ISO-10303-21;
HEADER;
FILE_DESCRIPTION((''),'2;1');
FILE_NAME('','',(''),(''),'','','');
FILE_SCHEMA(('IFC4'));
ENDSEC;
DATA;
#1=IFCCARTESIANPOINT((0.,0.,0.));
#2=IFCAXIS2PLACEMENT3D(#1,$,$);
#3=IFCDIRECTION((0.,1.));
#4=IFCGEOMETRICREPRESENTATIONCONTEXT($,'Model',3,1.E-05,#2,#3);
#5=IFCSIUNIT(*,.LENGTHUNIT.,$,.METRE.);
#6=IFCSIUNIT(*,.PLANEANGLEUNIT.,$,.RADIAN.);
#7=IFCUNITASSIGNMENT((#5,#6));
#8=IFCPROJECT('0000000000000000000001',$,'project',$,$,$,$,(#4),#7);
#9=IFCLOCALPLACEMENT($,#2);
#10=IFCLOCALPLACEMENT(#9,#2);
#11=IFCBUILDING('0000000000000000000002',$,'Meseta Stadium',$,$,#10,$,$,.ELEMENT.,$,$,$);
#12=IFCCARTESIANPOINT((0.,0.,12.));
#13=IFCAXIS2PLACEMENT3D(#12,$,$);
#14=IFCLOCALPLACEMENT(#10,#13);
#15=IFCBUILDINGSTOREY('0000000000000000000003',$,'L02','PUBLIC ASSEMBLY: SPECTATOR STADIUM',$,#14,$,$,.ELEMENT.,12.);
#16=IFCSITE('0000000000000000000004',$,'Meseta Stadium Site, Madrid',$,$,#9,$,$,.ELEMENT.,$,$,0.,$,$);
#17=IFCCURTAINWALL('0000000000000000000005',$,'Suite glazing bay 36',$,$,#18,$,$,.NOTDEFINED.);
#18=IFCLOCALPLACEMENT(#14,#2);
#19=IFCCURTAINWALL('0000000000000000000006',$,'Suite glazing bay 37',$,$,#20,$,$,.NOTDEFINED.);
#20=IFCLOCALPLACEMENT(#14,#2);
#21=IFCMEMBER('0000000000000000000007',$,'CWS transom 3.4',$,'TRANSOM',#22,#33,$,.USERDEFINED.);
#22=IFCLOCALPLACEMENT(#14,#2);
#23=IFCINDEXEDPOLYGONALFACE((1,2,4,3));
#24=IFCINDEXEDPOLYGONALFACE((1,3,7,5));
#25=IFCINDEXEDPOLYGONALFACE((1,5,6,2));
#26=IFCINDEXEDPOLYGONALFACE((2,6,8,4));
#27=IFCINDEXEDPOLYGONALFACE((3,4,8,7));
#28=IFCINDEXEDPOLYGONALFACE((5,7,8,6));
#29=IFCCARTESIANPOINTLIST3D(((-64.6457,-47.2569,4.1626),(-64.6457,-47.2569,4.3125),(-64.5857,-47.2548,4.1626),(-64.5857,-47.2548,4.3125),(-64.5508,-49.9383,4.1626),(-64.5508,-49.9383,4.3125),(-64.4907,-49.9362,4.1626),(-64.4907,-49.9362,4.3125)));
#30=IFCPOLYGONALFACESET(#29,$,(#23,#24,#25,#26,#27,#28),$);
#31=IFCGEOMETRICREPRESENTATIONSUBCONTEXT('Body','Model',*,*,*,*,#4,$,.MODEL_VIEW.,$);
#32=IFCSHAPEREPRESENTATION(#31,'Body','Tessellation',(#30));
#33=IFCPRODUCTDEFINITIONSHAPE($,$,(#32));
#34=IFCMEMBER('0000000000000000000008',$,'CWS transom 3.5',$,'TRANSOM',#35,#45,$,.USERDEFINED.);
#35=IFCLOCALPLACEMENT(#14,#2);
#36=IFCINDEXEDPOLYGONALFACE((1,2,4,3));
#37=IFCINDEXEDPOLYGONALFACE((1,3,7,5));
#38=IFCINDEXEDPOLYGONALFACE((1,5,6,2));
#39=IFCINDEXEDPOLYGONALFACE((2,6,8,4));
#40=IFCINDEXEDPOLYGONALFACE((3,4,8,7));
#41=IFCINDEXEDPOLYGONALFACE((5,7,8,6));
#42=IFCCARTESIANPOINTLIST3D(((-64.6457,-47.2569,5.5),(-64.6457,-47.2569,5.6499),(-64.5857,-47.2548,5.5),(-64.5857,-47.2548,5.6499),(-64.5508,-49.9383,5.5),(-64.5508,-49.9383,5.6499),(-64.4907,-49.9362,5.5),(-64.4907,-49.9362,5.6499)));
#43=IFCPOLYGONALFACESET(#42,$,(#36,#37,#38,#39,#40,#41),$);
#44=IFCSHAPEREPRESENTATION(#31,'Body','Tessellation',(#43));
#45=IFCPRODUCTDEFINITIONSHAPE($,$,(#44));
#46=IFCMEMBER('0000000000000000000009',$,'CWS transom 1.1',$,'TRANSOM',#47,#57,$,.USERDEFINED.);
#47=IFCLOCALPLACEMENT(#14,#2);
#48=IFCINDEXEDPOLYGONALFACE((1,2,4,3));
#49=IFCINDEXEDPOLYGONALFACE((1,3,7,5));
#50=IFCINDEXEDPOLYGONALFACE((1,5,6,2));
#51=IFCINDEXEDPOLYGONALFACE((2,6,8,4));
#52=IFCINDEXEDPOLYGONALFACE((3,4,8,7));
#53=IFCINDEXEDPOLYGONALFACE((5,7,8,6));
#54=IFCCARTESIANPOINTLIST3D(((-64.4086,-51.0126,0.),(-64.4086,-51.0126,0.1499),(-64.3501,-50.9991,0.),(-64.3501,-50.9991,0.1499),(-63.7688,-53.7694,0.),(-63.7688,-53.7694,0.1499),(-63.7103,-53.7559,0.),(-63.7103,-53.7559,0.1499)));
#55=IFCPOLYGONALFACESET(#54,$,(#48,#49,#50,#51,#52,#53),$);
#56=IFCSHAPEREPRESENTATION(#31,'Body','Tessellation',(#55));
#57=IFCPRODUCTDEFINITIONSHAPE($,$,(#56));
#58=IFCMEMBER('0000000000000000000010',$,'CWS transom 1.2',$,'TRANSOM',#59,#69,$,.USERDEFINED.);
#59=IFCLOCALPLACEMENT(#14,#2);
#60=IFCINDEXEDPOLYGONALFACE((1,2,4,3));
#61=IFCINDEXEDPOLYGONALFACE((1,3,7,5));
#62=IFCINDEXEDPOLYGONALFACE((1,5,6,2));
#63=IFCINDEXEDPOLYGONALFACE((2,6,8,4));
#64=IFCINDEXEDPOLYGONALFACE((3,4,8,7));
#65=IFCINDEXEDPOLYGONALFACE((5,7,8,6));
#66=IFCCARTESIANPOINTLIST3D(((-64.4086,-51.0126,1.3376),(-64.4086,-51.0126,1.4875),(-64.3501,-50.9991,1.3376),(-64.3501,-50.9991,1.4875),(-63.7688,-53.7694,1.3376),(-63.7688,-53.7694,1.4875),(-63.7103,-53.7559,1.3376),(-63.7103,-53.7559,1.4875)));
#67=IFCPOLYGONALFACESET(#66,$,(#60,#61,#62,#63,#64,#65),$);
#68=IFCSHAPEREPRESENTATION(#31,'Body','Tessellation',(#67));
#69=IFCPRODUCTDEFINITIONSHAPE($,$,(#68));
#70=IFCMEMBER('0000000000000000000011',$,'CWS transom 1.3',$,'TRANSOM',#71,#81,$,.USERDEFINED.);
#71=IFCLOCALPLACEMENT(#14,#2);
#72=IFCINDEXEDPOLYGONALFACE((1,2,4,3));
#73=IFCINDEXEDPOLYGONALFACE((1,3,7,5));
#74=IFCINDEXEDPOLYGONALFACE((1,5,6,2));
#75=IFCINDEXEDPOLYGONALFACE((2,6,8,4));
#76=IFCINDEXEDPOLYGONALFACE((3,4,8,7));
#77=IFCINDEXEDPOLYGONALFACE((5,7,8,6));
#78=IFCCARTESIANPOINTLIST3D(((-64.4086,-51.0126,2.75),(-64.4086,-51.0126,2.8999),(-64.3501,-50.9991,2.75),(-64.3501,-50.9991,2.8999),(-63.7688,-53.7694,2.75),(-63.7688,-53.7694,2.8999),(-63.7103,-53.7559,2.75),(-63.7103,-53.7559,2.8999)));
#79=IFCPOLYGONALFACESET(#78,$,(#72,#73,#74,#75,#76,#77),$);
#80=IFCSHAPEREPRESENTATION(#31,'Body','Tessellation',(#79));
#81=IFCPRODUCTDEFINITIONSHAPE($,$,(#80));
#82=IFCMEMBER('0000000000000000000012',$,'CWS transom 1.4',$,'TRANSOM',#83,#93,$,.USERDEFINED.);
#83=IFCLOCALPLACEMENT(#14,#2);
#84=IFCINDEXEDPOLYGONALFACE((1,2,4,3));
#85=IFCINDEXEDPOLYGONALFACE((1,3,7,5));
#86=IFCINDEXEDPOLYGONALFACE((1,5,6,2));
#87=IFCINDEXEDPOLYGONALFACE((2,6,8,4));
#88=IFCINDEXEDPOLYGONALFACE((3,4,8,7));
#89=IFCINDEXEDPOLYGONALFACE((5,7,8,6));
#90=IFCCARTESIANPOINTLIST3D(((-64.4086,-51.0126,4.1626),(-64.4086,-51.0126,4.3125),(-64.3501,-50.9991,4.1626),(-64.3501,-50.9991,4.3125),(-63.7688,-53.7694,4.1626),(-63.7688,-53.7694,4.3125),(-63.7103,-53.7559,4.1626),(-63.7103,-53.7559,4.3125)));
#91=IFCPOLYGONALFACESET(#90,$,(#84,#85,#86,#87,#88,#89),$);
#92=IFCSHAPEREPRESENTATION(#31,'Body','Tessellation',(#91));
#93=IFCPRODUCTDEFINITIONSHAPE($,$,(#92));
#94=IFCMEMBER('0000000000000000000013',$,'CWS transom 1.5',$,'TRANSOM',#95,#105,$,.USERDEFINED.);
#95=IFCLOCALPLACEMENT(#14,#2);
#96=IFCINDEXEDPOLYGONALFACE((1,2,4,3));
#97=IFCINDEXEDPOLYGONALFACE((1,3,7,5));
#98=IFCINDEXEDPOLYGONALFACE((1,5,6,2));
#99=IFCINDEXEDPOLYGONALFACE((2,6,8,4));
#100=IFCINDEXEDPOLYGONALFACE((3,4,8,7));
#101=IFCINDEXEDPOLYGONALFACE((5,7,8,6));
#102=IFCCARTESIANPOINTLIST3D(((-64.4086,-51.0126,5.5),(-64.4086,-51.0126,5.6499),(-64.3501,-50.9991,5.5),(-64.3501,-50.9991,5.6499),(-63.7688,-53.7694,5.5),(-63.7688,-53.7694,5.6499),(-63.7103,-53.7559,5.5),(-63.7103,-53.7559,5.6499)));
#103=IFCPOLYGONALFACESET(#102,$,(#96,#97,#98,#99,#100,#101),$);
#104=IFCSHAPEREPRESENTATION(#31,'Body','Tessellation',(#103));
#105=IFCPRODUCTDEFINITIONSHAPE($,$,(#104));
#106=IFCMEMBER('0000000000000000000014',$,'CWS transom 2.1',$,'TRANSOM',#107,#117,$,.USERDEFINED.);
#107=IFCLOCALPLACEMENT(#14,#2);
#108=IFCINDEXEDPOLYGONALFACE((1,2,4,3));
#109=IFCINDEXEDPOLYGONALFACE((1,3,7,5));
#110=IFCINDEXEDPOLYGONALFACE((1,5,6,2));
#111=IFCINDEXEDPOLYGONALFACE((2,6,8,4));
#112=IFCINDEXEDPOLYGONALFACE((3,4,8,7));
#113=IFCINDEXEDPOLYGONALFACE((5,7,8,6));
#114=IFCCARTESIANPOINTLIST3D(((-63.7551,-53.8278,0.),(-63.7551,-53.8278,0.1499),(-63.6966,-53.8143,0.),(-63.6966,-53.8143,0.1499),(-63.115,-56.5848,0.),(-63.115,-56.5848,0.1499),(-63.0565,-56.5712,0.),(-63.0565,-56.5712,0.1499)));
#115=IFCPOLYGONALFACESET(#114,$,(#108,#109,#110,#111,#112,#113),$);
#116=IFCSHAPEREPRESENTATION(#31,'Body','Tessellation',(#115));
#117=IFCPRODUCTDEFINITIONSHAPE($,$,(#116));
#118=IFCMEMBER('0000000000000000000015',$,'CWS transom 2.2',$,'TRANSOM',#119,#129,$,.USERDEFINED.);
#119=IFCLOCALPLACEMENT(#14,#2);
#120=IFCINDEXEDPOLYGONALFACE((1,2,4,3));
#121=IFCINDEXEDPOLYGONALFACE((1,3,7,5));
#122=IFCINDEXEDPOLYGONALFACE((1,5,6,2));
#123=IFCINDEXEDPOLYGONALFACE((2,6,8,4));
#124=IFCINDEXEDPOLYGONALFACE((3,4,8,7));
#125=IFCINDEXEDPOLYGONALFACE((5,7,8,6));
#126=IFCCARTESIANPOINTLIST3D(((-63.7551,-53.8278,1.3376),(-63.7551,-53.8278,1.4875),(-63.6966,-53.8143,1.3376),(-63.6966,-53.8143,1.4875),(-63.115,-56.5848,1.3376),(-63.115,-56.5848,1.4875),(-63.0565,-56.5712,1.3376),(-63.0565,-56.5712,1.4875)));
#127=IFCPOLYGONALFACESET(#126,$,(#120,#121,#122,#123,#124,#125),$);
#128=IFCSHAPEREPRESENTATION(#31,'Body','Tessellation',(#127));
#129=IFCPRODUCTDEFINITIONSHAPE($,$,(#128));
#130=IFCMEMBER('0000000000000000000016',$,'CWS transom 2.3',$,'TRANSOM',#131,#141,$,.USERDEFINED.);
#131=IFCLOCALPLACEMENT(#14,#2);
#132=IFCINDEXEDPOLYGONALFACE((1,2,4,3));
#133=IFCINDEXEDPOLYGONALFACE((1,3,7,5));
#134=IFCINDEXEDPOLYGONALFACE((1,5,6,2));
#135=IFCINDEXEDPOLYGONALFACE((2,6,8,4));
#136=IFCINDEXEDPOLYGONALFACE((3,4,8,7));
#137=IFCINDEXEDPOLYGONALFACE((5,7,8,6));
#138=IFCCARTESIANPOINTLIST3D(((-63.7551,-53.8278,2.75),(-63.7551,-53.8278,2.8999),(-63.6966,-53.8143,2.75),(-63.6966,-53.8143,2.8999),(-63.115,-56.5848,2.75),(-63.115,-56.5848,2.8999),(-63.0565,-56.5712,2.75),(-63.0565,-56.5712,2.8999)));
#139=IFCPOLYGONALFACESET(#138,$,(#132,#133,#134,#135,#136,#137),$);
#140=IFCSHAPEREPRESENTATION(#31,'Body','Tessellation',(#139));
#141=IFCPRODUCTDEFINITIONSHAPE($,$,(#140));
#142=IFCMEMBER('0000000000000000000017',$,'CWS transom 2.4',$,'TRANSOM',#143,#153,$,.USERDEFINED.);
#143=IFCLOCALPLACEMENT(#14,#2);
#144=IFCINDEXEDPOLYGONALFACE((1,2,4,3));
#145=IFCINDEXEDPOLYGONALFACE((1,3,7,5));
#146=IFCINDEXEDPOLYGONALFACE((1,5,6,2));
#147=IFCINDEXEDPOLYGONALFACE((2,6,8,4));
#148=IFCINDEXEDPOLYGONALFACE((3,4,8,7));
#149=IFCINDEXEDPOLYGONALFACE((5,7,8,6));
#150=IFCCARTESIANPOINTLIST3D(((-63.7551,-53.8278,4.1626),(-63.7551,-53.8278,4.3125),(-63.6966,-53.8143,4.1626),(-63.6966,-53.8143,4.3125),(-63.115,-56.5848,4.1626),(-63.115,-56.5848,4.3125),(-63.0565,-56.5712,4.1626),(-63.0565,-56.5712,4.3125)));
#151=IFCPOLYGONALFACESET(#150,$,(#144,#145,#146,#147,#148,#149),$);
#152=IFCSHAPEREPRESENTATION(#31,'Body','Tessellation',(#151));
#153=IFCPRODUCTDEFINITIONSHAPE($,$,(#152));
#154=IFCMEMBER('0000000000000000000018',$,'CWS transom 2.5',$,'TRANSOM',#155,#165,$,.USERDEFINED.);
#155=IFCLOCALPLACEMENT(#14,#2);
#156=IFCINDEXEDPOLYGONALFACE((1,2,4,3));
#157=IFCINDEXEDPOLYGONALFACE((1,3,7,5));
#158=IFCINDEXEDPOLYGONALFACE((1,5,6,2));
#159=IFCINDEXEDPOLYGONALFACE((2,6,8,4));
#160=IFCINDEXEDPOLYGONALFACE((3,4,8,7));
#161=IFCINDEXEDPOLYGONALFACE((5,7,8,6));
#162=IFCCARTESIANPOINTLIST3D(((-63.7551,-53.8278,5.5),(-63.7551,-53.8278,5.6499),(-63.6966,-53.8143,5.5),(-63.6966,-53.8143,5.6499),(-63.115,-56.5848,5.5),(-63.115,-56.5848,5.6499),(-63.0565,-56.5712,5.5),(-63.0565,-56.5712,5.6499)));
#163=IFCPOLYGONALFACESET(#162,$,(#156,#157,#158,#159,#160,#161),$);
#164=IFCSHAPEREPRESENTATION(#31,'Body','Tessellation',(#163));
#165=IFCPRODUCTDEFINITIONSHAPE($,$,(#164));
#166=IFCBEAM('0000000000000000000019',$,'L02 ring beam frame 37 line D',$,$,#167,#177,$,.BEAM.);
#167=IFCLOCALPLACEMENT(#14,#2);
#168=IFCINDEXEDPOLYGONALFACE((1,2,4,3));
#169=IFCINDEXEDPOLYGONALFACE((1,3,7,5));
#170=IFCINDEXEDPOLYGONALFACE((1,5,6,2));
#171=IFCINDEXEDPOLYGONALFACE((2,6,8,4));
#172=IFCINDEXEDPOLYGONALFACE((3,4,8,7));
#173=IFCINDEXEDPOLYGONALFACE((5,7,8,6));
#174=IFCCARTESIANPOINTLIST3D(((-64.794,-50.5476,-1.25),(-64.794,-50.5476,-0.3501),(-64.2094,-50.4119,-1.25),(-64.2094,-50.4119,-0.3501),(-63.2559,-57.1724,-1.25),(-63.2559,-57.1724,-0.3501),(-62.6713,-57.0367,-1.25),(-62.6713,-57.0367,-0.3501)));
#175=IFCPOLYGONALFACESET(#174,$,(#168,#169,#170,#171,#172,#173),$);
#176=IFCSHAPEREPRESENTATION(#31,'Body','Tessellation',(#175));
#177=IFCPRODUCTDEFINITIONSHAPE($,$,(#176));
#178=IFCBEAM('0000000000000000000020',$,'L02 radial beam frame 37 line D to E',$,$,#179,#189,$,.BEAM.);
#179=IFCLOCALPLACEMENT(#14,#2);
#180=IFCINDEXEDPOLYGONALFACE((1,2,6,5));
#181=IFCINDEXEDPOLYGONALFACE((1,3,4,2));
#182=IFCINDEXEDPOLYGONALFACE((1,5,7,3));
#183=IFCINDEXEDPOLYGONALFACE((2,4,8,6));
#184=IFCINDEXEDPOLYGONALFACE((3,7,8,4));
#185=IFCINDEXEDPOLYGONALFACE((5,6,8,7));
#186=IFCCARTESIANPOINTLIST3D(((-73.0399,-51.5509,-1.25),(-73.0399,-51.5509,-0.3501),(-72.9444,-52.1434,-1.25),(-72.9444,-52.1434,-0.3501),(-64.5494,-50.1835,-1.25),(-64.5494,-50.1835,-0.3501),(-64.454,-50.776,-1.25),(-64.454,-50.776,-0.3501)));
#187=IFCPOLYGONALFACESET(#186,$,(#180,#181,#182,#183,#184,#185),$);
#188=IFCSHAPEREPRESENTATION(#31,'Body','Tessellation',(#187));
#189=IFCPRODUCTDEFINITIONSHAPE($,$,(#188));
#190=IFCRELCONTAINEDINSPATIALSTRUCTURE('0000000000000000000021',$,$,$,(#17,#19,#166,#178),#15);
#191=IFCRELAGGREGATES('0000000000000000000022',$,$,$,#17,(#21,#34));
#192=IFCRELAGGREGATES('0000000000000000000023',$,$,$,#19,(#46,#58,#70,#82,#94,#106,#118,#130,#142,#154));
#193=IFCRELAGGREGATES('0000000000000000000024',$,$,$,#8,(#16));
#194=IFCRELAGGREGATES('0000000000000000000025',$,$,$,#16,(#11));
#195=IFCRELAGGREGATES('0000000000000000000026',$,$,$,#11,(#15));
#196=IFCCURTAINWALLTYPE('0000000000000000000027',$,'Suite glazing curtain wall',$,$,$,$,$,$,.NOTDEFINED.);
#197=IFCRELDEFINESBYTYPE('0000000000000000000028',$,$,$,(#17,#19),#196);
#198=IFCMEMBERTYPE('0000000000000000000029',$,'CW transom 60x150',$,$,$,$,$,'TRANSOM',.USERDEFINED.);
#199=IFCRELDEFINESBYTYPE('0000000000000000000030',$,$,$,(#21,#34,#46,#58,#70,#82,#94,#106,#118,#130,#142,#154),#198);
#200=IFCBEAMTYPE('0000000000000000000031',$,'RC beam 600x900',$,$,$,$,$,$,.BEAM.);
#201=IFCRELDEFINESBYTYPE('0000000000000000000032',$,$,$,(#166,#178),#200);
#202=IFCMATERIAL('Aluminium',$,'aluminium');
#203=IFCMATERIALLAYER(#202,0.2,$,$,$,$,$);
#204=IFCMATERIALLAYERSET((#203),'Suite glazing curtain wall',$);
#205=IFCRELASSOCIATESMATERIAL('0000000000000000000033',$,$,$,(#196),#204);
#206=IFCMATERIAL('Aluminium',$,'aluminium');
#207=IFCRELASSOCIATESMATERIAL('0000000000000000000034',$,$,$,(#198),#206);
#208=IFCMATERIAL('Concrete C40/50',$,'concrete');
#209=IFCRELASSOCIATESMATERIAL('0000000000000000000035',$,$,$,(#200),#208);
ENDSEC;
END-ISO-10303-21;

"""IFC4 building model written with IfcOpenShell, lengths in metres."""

from ifc_helpers import new_model, si_unit, direction, frame, origin, origin_2d, place, context, subcontext, project, spatial, rectangle, extrude, material, layer, layer_set, material_profile, profile_set, type_object, element, aggregate, save


model = new_model("IFC4")

# Units and contexts
model_context = context("Model", 3, precision=1e-05, world=origin(), true_north=direction((0.0, 1.0)))
body_context = subcontext(model_context, "Body", "Model", "MODEL_VIEW")
ifc_project = project(units=[si_unit("LENGTHUNIT", "METRE"), si_unit("PLANEANGLEUNIT", "RADIAN")], contexts=[model_context])

# Site, building, storey
site_placement = place(None, origin())
site = spatial("IfcSite", under=ifc_project, at=site_placement, Name="Meseta Stadium Site, Madrid", CompositionType="ELEMENT", RefElevation=0.0)
building_placement = place(site_placement, origin())
building = spatial("IfcBuilding", under=site, at=building_placement, Name="Meseta Stadium", CompositionType="ELEMENT")
storey_placement = place(building_placement, frame((0.0, 0.0, 12.0)))
storey = spatial("IfcBuildingStorey", under=building, at=storey_placement, Name="L02", Description="PUBLIC ASSEMBLY: SPECTATOR STADIUM", CompositionType="ELEMENT", Elevation=12.0)

# Curtain walls
ifc_material_1 = material(Name="Aluminium", Category="aluminium")
ifc_layer_1 = layer(ifc_material_1, 0.2)
ifc_layer_set_1 = layer_set([ifc_layer_1], Name="Suite glazing curtain wall")
curtain_wall_type = type_object("IfcCurtainWallType", Name="Suite glazing curtain wall", PredefinedType="NOTDEFINED", material=ifc_layer_set_1)
curtain_wall_1_placement = place(storey_placement, origin())
curtain_wall_1 = element("IfcCurtainWall", 1, at=curtain_wall_1_placement, inside=storey, type_object=curtain_wall_type, Name="Suite glazing bay 36", PredefinedType="NOTDEFINED")
curtain_wall_2_placement = place(storey_placement, origin())
curtain_wall_2 = element("IfcCurtainWall", 2, at=curtain_wall_2_placement, inside=storey, type_object=curtain_wall_type, Name="Suite glazing bay 37", PredefinedType="NOTDEFINED")

# Members
ifc_material_2 = material(Name="Aluminium", Category="aluminium")
ifc_material_profile_1 = material_profile(ifc_material_2, rectangle(XDim=0.0601, YDim=0.1499, at=origin_2d()), Name="CW 60x150")
ifc_profile_set_1 = profile_set([ifc_material_profile_1], Name="Aluminium")
member_type_1 = type_object("IfcMemberType", Name="CW transom 60x150", ElementType="TRANSOM", PredefinedType="USERDEFINED", material=ifc_profile_set_1)
member_1_placement = place(storey_placement, frame((-64.6157, -47.2559, 4.2375), z_axis=(0.035396, -0.999373, 0.0), x_axis=(0.999373, 0.035396, 0.0)))
member_1 = element("IfcMember", 3, at=member_1_placement, type_object=member_type_1, Name="CWS transom 3.4", ObjectType="TRANSOM", PredefinedType="USERDEFINED", context=body_context, shape_type="SweptSolid", body=[
    extrude(rectangle(XDim=0.0601, YDim=0.1499, at=origin_2d()), origin(), (0.0, 0.0, 1.0), 2.6831),
])
member_2_placement = place(storey_placement, frame((-64.6157, -47.2559, 5.575), z_axis=(0.035396, -0.999373, 0.0), x_axis=(0.999373, 0.035396, 0.0)))
member_2 = element("IfcMember", 4, at=member_2_placement, type_object=member_type_1, Name="CWS transom 3.5", ObjectType="TRANSOM", PredefinedType="USERDEFINED", context=body_context, shape_type="SweptSolid", body=[
    extrude(rectangle(XDim=0.0601, YDim=0.1499, at=origin_2d()), origin(), (0.0, 0.0, 1.0), 2.6831),
])
member_3_placement = place(storey_placement, frame((-64.3794, -51.0059, 0.075), z_axis=(0.2261, -0.974104, 0.0), x_axis=(0.974104, 0.2261, 0.0)))
member_3 = element("IfcMember", 5, at=member_3_placement, type_object=member_type_1, Name="CWS transom 1.1", ObjectType="TRANSOM", PredefinedType="USERDEFINED", context=body_context, shape_type="SweptSolid", body=[
    extrude(rectangle(XDim=0.0601, YDim=0.1499, at=origin_2d()), origin(), (0.0, 0.0, 1.0), 2.8301),
])
member_4_placement = place(storey_placement, frame((-64.3794, -51.0059, 1.4126), z_axis=(0.2261, -0.974104, 0.0), x_axis=(0.974104, 0.2261, 0.0)))
member_4 = element("IfcMember", 6, at=member_4_placement, type_object=member_type_1, Name="CWS transom 1.2", ObjectType="TRANSOM", PredefinedType="USERDEFINED", context=body_context, shape_type="SweptSolid", body=[
    extrude(rectangle(XDim=0.0601, YDim=0.1499, at=origin_2d()), origin(), (0.0, 0.0, 1.0), 2.8301),
])
member_5_placement = place(storey_placement, frame((-64.3794, -51.0059, 2.825), z_axis=(0.2261, -0.974104, 0.0), x_axis=(0.974104, 0.2261, 0.0)))
member_5 = element("IfcMember", 7, at=member_5_placement, type_object=member_type_1, Name="CWS transom 1.3", ObjectType="TRANSOM", PredefinedType="USERDEFINED", context=body_context, shape_type="SweptSolid", body=[
    extrude(rectangle(XDim=0.0601, YDim=0.1499, at=origin_2d()), origin(), (0.0, 0.0, 1.0), 2.8301),
])
member_6_placement = place(storey_placement, frame((-64.3794, -51.0059, 4.2375), z_axis=(0.2261, -0.974104, 0.0), x_axis=(0.974104, 0.2261, 0.0)))
member_6 = element("IfcMember", 8, at=member_6_placement, type_object=member_type_1, Name="CWS transom 1.4", ObjectType="TRANSOM", PredefinedType="USERDEFINED", context=body_context, shape_type="SweptSolid", body=[
    extrude(rectangle(XDim=0.0601, YDim=0.1499, at=origin_2d()), origin(), (0.0, 0.0, 1.0), 2.8301),
])
member_7_placement = place(storey_placement, frame((-64.3794, -51.0059, 5.575), z_axis=(0.2261, -0.974104, 0.0), x_axis=(0.974104, 0.2261, 0.0)))
member_7 = element("IfcMember", 9, at=member_7_placement, type_object=member_type_1, Name="CWS transom 1.5", ObjectType="TRANSOM", PredefinedType="USERDEFINED", context=body_context, shape_type="SweptSolid", body=[
    extrude(rectangle(XDim=0.0601, YDim=0.1499, at=origin_2d()), origin(), (0.0, 0.0, 1.0), 2.8301),
])
member_8_placement = place(storey_placement, frame((-63.7258, -53.821, 0.075), z_axis=(0.226163, -0.974089, 0.0), x_axis=(0.974089, 0.226163, 0.0)))
member_8 = element("IfcMember", 10, at=member_8_placement, type_object=member_type_1, Name="CWS transom 2.1", ObjectType="TRANSOM", PredefinedType="USERDEFINED", context=body_context, shape_type="SweptSolid", body=[
    extrude(rectangle(XDim=0.0601, YDim=0.1499, at=origin_2d()), origin(), (0.0, 0.0, 1.0), 2.8303),
])
member_9_placement = place(storey_placement, frame((-63.7258, -53.821, 1.4126), z_axis=(0.226163, -0.974089, 0.0), x_axis=(0.974089, 0.226163, 0.0)))
member_9 = element("IfcMember", 11, at=member_9_placement, type_object=member_type_1, Name="CWS transom 2.2", ObjectType="TRANSOM", PredefinedType="USERDEFINED", context=body_context, shape_type="SweptSolid", body=[
    extrude(rectangle(XDim=0.0601, YDim=0.1499, at=origin_2d()), origin(), (0.0, 0.0, 1.0), 2.8303),
])
member_10_placement = place(storey_placement, frame((-63.7258, -53.821, 2.825), z_axis=(0.226163, -0.974089, 0.0), x_axis=(0.974089, 0.226163, 0.0)))
member_10 = element("IfcMember", 12, at=member_10_placement, type_object=member_type_1, Name="CWS transom 2.3", ObjectType="TRANSOM", PredefinedType="USERDEFINED", context=body_context, shape_type="SweptSolid", body=[
    extrude(rectangle(XDim=0.0601, YDim=0.1499, at=origin_2d()), origin(), (0.0, 0.0, 1.0), 2.8303),
])
member_11_placement = place(storey_placement, frame((-63.7258, -53.821, 4.2375), z_axis=(0.226163, -0.974089, 0.0), x_axis=(0.974089, 0.226163, 0.0)))
member_11 = element("IfcMember", 13, at=member_11_placement, type_object=member_type_1, Name="CWS transom 2.4", ObjectType="TRANSOM", PredefinedType="USERDEFINED", context=body_context, shape_type="SweptSolid", body=[
    extrude(rectangle(XDim=0.0601, YDim=0.1499, at=origin_2d()), origin(), (0.0, 0.0, 1.0), 2.8303),
])
member_12_placement = place(storey_placement, frame((-63.7258, -53.821, 5.575), z_axis=(0.226163, -0.974089, 0.0), x_axis=(0.974089, 0.226163, 0.0)))
member_12 = element("IfcMember", 14, at=member_12_placement, type_object=member_type_1, Name="CWS transom 2.5", ObjectType="TRANSOM", PredefinedType="USERDEFINED", context=body_context, shape_type="SweptSolid", body=[
    extrude(rectangle(XDim=0.0601, YDim=0.1499, at=origin_2d()), origin(), (0.0, 0.0, 1.0), 2.8303),
])

# Beams
ifc_material_3 = material(Name="Concrete C40/50", Category="concrete")
ifc_material_profile_2 = material_profile(ifc_material_3, rectangle(XDim=0.6001, YDim=0.8999, at=origin_2d()), Name="RC 600x900")
ifc_profile_set_2 = profile_set([ifc_material_profile_2], Name="Concrete C40/50")
beam_type = type_object("IfcBeamType", Name="RC beam 600x900", PredefinedType="BEAM", material=ifc_profile_set_2)
beam_1_placement = place(storey_placement, frame((-64.5017, -50.4797, -0.8), z_axis=(0.226157, -0.974091, 0.0), x_axis=(0.974091, 0.226157, 0.0)))
element("IfcBeam", 15, at=beam_1_placement, inside=storey, type_object=beam_type, Name="L02 ring beam frame 37 line D", PredefinedType="BEAM", context=body_context, shape_type="SweptSolid", body=[
    extrude(rectangle(XDim=0.6001, YDim=0.8999, at=origin_2d()), origin(), (0.0, 0.0, 1.0), 6.801),
])
beam_2_placement = place(storey_placement, frame((-64.5017, -50.4797, -0.8), z_axis=(-0.987278, -0.159006, 0.0), x_axis=(0.159006, -0.987278, 0.0)))
element("IfcBeam", 16, at=beam_2_placement, inside=storey, type_object=beam_type, Name="L02 radial beam frame 37 line D to E", PredefinedType="BEAM", context=body_context, shape_type="SweptSolid", body=[
    extrude(rectangle(XDim=0.6001, YDim=0.8999, at=origin_2d()), origin(), (0.0, 0.0, 1.0), 8.5999),
])

aggregate(curtain_wall_1, [member_1, member_2])
aggregate(curtain_wall_2, [member_3, member_4, member_5, member_6, member_7, member_8, member_9, member_10, member_11, member_12])

save(model, "model.ifc")
